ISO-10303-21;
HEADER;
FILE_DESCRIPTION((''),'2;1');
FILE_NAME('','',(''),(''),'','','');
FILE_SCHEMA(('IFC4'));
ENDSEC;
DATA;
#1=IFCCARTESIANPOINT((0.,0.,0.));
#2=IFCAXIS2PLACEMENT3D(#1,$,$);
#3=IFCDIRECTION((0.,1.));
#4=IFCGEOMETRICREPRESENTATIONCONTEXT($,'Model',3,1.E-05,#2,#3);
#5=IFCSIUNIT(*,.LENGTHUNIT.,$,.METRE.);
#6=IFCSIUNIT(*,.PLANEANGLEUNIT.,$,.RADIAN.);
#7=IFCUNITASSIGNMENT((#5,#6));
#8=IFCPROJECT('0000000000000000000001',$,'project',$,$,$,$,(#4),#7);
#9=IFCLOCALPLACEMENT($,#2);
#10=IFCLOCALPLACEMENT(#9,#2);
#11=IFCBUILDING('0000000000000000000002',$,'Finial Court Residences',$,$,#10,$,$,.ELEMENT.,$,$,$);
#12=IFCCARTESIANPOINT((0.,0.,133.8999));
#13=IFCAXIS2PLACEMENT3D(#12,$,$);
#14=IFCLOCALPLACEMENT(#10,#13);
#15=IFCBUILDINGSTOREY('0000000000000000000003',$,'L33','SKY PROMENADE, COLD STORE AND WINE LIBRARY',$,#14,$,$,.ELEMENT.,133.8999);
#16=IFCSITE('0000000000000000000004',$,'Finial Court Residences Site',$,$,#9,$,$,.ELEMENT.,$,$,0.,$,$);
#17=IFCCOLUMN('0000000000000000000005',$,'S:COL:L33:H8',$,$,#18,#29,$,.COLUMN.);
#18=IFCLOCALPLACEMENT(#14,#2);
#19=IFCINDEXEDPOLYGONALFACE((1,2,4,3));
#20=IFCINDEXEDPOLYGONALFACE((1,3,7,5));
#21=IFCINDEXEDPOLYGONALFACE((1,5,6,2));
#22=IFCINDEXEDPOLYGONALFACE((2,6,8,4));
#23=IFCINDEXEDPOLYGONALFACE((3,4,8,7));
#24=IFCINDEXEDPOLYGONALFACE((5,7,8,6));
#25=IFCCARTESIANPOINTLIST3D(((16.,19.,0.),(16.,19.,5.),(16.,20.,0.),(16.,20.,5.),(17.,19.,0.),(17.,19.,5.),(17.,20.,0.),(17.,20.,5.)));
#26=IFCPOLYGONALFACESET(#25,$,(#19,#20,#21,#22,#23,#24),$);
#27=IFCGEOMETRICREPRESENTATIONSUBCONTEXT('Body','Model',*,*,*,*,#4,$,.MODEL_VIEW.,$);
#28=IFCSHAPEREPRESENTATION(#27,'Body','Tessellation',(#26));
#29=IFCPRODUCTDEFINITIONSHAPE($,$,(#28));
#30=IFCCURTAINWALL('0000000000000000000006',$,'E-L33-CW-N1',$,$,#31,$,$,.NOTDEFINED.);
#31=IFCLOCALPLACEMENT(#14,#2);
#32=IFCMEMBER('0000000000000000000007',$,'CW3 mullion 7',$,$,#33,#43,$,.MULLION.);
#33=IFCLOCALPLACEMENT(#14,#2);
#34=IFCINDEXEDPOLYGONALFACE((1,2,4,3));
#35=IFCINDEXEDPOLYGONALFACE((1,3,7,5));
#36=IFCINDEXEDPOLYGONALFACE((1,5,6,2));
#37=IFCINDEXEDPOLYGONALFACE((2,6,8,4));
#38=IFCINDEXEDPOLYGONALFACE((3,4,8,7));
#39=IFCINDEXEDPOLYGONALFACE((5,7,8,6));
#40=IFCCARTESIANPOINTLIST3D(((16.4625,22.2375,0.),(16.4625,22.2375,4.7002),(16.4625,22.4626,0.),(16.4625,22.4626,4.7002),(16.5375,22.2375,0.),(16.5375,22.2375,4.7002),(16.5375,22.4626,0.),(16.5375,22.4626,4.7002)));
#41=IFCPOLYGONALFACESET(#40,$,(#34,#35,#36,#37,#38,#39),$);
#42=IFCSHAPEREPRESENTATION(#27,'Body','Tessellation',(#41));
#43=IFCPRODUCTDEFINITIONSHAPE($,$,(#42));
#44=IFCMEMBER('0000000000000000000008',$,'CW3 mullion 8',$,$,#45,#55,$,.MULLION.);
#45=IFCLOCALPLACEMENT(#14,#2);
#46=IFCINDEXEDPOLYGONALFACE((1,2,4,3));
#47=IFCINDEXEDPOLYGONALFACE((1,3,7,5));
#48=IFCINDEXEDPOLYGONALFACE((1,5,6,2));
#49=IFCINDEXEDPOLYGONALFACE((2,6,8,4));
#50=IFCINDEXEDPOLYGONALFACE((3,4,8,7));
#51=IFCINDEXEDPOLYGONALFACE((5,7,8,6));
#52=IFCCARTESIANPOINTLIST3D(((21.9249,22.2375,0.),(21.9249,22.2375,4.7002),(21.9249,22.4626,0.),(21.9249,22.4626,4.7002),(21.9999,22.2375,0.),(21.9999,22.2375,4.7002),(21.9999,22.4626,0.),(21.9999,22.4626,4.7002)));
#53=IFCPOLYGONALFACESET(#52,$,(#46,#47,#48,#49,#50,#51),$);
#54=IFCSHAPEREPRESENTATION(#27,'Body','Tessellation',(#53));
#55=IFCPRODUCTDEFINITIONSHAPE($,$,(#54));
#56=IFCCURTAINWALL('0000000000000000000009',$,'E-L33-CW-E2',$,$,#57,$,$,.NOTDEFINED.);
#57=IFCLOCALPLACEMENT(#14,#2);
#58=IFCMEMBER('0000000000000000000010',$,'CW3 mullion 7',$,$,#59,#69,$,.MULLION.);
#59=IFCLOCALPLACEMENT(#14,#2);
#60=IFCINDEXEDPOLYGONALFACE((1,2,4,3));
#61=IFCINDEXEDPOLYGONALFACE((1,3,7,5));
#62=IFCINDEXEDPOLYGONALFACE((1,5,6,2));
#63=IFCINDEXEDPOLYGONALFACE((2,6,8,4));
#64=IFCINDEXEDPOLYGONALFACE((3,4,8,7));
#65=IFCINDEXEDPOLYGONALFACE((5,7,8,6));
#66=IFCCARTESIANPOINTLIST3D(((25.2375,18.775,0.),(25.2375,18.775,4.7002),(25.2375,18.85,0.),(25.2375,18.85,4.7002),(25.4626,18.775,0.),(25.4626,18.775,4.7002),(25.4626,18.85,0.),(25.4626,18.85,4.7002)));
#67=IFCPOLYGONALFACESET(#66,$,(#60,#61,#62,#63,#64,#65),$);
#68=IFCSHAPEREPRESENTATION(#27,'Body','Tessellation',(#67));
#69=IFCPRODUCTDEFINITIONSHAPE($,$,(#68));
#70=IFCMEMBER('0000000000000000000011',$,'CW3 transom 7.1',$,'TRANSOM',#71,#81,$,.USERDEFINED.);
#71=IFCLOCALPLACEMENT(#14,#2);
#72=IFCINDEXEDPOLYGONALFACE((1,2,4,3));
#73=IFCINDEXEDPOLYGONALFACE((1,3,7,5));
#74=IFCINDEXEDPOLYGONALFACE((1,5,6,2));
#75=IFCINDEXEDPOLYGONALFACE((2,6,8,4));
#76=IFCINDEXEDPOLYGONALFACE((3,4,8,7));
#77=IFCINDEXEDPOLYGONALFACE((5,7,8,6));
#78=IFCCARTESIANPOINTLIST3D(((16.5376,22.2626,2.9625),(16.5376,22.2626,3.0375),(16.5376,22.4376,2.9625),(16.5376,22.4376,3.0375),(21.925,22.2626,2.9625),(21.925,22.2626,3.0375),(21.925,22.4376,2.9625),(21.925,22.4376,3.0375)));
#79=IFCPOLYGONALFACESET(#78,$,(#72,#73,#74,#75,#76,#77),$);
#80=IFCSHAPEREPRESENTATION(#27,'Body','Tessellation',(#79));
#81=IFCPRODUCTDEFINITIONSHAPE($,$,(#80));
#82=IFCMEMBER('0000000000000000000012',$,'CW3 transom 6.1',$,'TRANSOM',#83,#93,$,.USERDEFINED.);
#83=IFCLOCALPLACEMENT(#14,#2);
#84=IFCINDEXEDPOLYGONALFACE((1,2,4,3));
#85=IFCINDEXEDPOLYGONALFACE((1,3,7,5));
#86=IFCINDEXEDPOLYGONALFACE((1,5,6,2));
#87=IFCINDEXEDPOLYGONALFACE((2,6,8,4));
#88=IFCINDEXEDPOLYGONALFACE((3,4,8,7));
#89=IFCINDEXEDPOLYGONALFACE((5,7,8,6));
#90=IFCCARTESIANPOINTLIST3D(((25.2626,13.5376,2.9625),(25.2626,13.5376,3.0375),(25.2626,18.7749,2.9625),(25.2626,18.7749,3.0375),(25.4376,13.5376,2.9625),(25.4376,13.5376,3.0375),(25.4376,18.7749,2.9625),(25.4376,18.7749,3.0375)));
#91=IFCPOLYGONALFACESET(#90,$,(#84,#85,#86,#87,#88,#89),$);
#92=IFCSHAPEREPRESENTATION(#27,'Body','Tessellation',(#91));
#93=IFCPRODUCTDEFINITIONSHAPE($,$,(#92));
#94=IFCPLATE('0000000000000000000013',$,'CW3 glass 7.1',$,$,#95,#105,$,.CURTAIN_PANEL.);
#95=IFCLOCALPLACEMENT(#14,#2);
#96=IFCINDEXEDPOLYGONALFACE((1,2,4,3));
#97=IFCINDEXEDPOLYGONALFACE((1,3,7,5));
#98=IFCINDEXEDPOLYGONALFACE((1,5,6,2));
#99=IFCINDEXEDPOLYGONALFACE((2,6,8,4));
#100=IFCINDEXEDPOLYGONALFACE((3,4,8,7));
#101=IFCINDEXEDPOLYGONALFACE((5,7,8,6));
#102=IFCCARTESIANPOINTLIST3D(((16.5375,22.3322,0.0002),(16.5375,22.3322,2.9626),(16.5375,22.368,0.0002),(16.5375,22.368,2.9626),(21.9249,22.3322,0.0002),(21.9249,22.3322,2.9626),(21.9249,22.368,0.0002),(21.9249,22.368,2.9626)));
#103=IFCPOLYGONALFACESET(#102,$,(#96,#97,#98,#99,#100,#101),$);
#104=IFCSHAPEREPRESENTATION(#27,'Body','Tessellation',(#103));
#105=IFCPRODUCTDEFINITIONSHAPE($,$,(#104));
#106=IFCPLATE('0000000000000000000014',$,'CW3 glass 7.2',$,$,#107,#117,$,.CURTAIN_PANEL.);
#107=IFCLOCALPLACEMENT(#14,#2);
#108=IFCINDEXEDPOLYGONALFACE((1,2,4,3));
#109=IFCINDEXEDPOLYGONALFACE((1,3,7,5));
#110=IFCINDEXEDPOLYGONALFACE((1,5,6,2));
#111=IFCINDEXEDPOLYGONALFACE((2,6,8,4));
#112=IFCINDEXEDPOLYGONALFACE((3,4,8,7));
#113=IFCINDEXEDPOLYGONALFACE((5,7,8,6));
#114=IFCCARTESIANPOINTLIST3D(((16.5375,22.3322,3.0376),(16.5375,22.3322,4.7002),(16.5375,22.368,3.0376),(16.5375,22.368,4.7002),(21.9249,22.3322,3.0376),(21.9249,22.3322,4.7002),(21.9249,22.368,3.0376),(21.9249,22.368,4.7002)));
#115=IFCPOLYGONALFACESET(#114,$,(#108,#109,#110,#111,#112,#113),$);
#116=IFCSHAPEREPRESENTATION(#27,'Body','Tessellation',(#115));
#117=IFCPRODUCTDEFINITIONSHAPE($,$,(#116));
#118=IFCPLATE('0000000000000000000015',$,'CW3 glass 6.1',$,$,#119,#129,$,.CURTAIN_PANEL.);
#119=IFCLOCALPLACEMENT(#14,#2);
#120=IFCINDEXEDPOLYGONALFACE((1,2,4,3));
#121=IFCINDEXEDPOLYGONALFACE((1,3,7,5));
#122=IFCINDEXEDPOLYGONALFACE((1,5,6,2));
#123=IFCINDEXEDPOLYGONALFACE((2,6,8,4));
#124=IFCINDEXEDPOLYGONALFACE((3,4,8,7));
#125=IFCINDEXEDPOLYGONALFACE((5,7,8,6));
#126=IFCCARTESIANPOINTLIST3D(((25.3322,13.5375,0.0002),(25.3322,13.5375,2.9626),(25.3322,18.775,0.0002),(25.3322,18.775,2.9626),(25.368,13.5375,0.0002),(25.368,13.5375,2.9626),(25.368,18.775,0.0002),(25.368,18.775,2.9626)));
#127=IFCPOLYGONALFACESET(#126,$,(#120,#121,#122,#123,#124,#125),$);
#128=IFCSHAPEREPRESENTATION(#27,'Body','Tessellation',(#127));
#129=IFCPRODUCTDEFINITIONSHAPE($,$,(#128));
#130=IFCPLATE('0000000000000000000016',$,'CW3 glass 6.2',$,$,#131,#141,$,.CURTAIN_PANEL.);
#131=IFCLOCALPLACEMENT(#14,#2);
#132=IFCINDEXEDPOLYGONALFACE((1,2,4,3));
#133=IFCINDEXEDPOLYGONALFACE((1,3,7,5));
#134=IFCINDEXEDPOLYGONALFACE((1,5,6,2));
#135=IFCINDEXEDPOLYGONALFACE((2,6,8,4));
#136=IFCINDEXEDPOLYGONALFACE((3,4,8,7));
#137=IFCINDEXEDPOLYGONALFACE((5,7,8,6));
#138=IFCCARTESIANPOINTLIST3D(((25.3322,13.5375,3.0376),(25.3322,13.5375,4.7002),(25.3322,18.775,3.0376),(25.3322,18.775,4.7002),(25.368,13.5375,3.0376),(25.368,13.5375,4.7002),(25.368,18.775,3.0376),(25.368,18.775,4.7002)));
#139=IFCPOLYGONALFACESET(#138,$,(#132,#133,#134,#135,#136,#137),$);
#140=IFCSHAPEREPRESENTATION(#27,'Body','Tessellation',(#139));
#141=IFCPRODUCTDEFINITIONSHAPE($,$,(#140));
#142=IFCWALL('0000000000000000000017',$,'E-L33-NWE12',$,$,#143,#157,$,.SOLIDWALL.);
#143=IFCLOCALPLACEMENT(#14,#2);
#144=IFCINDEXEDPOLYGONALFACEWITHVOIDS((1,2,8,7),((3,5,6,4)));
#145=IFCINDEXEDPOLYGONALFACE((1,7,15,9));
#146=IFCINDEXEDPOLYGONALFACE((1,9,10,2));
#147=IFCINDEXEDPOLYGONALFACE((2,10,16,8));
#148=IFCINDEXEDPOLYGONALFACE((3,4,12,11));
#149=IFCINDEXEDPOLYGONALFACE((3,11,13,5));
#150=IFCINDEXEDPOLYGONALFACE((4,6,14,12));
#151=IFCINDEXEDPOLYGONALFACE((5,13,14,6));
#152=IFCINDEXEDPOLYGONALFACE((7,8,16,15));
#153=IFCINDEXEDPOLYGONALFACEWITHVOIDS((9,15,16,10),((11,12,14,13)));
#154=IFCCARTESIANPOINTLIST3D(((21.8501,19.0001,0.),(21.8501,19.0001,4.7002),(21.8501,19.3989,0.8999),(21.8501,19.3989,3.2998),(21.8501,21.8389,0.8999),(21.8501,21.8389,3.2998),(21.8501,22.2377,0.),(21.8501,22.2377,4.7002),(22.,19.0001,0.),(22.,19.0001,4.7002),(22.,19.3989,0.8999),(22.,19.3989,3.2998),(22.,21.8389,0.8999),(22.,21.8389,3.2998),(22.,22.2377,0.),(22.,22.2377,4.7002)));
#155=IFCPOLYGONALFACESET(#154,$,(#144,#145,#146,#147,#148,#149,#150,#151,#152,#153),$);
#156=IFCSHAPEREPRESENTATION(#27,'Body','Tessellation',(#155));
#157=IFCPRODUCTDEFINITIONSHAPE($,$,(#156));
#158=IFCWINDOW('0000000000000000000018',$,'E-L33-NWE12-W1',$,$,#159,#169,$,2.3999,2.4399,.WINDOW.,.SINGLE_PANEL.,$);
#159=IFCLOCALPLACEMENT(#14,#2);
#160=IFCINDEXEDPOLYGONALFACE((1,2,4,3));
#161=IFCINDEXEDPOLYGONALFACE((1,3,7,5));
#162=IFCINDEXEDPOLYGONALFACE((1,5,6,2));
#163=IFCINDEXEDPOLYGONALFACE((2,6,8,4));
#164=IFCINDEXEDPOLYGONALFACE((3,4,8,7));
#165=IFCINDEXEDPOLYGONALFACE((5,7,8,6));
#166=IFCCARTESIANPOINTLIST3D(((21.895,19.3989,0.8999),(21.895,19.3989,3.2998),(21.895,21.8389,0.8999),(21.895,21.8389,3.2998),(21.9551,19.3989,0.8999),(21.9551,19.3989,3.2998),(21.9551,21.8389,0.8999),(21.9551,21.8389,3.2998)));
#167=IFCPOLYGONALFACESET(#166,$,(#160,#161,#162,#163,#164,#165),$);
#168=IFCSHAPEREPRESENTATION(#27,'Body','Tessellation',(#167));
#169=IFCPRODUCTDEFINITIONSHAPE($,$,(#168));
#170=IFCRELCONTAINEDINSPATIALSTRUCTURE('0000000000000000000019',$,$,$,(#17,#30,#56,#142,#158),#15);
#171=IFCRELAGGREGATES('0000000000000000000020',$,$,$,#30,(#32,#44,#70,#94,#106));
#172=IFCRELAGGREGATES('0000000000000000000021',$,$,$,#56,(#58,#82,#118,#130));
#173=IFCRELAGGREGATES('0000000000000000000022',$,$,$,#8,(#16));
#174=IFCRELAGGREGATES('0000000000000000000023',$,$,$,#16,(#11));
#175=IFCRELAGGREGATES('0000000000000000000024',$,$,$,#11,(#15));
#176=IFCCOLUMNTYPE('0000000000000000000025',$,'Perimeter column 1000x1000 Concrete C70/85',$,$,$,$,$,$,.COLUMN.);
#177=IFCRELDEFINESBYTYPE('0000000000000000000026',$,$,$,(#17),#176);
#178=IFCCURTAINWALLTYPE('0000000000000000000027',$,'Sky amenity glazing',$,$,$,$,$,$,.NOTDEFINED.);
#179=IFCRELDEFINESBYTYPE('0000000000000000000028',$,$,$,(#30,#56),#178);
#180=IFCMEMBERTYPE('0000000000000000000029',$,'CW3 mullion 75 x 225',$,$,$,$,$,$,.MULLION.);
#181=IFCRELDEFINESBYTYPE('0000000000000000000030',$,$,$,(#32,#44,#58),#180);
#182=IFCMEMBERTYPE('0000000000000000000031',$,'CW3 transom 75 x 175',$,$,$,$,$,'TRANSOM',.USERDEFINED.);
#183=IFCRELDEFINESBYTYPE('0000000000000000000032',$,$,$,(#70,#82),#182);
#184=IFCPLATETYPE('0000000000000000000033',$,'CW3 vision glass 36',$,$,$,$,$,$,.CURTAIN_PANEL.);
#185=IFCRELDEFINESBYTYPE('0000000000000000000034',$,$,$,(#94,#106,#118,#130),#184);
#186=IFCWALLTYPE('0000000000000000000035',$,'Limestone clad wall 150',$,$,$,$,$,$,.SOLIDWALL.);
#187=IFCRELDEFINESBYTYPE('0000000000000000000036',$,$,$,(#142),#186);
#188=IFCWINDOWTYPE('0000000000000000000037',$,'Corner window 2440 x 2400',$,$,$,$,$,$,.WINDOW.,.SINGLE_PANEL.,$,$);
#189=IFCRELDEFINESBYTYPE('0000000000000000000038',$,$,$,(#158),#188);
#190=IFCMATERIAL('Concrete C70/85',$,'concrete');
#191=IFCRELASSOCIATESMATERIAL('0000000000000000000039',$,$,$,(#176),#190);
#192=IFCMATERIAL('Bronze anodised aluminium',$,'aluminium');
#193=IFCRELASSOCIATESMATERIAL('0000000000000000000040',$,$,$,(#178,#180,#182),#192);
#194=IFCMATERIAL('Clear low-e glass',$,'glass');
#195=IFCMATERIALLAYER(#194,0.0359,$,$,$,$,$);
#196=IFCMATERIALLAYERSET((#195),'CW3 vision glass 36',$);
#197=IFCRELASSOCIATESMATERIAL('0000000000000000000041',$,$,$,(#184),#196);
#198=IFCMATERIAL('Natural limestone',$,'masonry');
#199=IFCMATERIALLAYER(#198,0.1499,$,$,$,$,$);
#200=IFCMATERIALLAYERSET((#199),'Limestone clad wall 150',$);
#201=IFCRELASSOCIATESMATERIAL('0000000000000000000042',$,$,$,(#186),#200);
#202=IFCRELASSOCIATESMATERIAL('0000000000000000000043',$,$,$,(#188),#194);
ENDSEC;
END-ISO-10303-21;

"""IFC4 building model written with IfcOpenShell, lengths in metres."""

from ifc_helpers import new_model, si_unit, direction, frame, frame_2d, origin, origin_2d, place, context, subcontext, project, spatial, rectangle, extrude, material, layer, layer_set, material_profile, profile_set, type_object, element, fill, aggregate, save


model = new_model("IFC4")

# Units and contexts
model_context = context("Model", 3, precision=1e-05, world=origin(), true_north=direction((0.0, 1.0)))
body_context = subcontext(model_context, "Body", "Model", "MODEL_VIEW")
ifc_project = project(units=[si_unit("LENGTHUNIT", "METRE"), si_unit("PLANEANGLEUNIT", "RADIAN")], contexts=[model_context])

# Site, building, storey
site_placement = place(None, origin())
site = spatial("IfcSite", under=ifc_project, at=site_placement, Name="Finial Court Residences Site", CompositionType="ELEMENT", RefElevation=0.0)
building_placement = place(site_placement, origin())
building = spatial("IfcBuilding", under=site, at=building_placement, Name="Finial Court Residences", CompositionType="ELEMENT")
storey_placement = place(building_placement, frame((0.0, 0.0, 133.8999)))
storey = spatial("IfcBuildingStorey", under=building, at=storey_placement, Name="L33", Description="SKY PROMENADE, COLD STORE AND WINE LIBRARY", CompositionType="ELEMENT", Elevation=133.8999)

# Column
ifc_material_1 = material(Name="Concrete C70/85", Category="concrete")
ifc_material_profile_1 = material_profile(ifc_material_1, rectangle(XDim=1.0, YDim=1.0, at=origin_2d()), Name="1000x1000")
ifc_profile_set_1 = profile_set([ifc_material_profile_1], Name="Concrete C70/85")
column_type = type_object("IfcColumnType", Name="Perimeter column 1000x1000 Concrete C70/85", PredefinedType="COLUMN", material=ifc_profile_set_1)
column_placement = place(storey_placement, frame((16.5, 19.5, 0.0), z_axis=(0.0, 0.0, 1.0), x_axis=(1.0, 0.0, 0.0)))
element("IfcColumn", 1, at=column_placement, inside=storey, type_object=column_type, Name="S:COL:L33:H8", PredefinedType="COLUMN", context=body_context, shape_type="SweptSolid", body=[
    extrude(rectangle(XDim=1.0, YDim=1.0, at=origin_2d()), origin(), (0.0, 0.0, 1.0), 5.0),
])

# Curtain wall, members
ifc_material_2 = material(Name="Bronze anodised aluminium", Category="aluminium")
curtain_wall_type = type_object("IfcCurtainWallType", Name="Sky amenity glazing", PredefinedType="NOTDEFINED", material=ifc_material_2)
curtain_wall_1_placement = place(storey_placement, origin())
curtain_wall_1 = element("IfcCurtainWall", 2, at=curtain_wall_1_placement, inside=storey, type_object=curtain_wall_type, Name="E-L33-CW-N1", PredefinedType="NOTDEFINED")
ifc_material_profile_2 = material_profile(ifc_material_2, rectangle(XDim=0.2251, YDim=0.075, at=origin_2d()), Name="CW3 mullion 75 x 225")
ifc_profile_set_2 = profile_set([ifc_material_profile_2], Name="Bronze anodised aluminium")
member_type_1 = type_object("IfcMemberType", Name="CW3 mullion 75 x 225", PredefinedType="MULLION", material=ifc_profile_set_2)
member_1_placement = place(storey_placement, frame((16.5, 22.3501, 0.0), z_axis=(0.0, 0.0, 1.0), x_axis=(0.0, 1.0, 0.0)))
member_1 = element("IfcMember", 3, at=member_1_placement, type_object=member_type_1, Name="CW3 mullion 7", PredefinedType="MULLION", context=body_context, shape_type="SweptSolid", body=[
    extrude(rectangle(XDim=0.2251, YDim=0.075, at=origin_2d()), origin(), (0.0, 0.0, 1.0), 4.7002),
])
member_2_placement = place(storey_placement, frame((21.9624, 22.3501, 0.0), z_axis=(0.0, 0.0, 1.0), x_axis=(0.0, 1.0, 0.0)))
member_2 = element("IfcMember", 4, at=member_2_placement, type_object=member_type_1, Name="CW3 mullion 8", PredefinedType="MULLION", context=body_context, shape_type="SweptSolid", body=[
    extrude(rectangle(XDim=0.2251, YDim=0.075, at=origin_2d()), origin(), (0.0, 0.0, 1.0), 4.7002),
])

# Curtain wall, member
curtain_wall_2_placement = place(storey_placement, origin())
curtain_wall_2 = element("IfcCurtainWall", 5, at=curtain_wall_2_placement, inside=storey, type_object=curtain_wall_type, Name="E-L33-CW-E2", PredefinedType="NOTDEFINED")
member_3_placement = place(storey_placement, frame((25.3501, 18.8125, 0.0), z_axis=(0.0, 0.0, 1.0), x_axis=(-1.0, 0.0, 0.0)))
member_3 = element("IfcMember", 6, at=member_3_placement, type_object=member_type_1, Name="CW3 mullion 7", PredefinedType="MULLION", context=body_context, shape_type="SweptSolid", body=[
    extrude(rectangle(XDim=0.2251, YDim=0.075, at=origin_2d()), origin(), (0.0, 0.0, 1.0), 4.7002),
])

# Members
ifc_material_profile_3 = material_profile(ifc_material_2, rectangle(XDim=0.175, YDim=0.075, at=origin_2d()), Name="CW3 transom 75 x 175")
ifc_profile_set_3 = profile_set([ifc_material_profile_3], Name="Bronze anodised aluminium")
member_type_2 = type_object("IfcMemberType", Name="CW3 transom 75 x 175", ElementType="TRANSOM", PredefinedType="USERDEFINED", material=ifc_profile_set_3)
member_4_placement = place(storey_placement, frame((16.5376, 22.3501, 3.0), z_axis=(1.0, 0.0, 0.0), x_axis=(0.0, 1.0, 0.0)))
member_4 = element("IfcMember", 7, at=member_4_placement, type_object=member_type_2, Name="CW3 transom 7.1", ObjectType="TRANSOM", PredefinedType="USERDEFINED", context=body_context, shape_type="SweptSolid", body=[
    extrude(rectangle(XDim=0.175, YDim=0.075, at=origin_2d()), origin(), (0.0, 0.0, 1.0), 5.3875),
])
member_5_placement = place(storey_placement, frame((25.3501, 13.5376, 3.0), z_axis=(0.0, 1.0, 0.0), x_axis=(-1.0, 0.0, 0.0)))
member_5 = element("IfcMember", 8, at=member_5_placement, type_object=member_type_2, Name="CW3 transom 6.1", ObjectType="TRANSOM", PredefinedType="USERDEFINED", context=body_context, shape_type="SweptSolid", body=[
    extrude(rectangle(XDim=0.175, YDim=0.075, at=origin_2d()), origin(), (0.0, 0.0, 1.0), 5.2373),
])

# Plates
ifc_material_3 = material(Name="Clear low-e glass", Category="glass")
ifc_layer_1 = layer(ifc_material_3, 0.0359)
ifc_layer_set_1 = layer_set([ifc_layer_1], Name="CW3 vision glass 36")
plate_type = type_object("IfcPlateType", Name="CW3 vision glass 36", PredefinedType="CURTAIN_PANEL", material=ifc_layer_set_1)
plate_1_placement = place(storey_placement, frame((19.2312, 22.3501, 0.0002), z_axis=(0.0, 0.0, 1.0), x_axis=(1.0, 0.0, 0.0)))
plate_1 = element("IfcPlate", 9, at=plate_1_placement, type_object=plate_type, Name="CW3 glass 7.1", PredefinedType="CURTAIN_PANEL", context=body_context, shape_type="SweptSolid", body=[
    extrude(rectangle(XDim=5.3875, YDim=0.0359, at=origin_2d()), origin(), (0.0, 0.0, 1.0), 2.9624),
])
plate_2_placement = place(storey_placement, frame((19.2312, 22.3501, 3.0376), z_axis=(0.0, 0.0, 1.0), x_axis=(1.0, 0.0, 0.0)))
plate_2 = element("IfcPlate", 10, at=plate_2_placement, type_object=plate_type, Name="CW3 glass 7.2", PredefinedType="CURTAIN_PANEL", context=body_context, shape_type="SweptSolid", body=[
    extrude(rectangle(XDim=5.3875, YDim=0.0359, at=origin_2d()), origin(), (0.0, 0.0, 1.0), 1.6626),
])
aggregate(curtain_wall_1, [member_1, member_2, member_4, plate_1, plate_2])
plate_3_placement = place(storey_placement, frame((25.3501, 16.1562, 0.0002), z_axis=(0.0, 0.0, 1.0), x_axis=(0.0, 1.0, 0.0)))
plate_3 = element("IfcPlate", 11, at=plate_3_placement, type_object=plate_type, Name="CW3 glass 6.1", PredefinedType="CURTAIN_PANEL", context=body_context, shape_type="SweptSolid", body=[
    extrude(rectangle(XDim=5.2375, YDim=0.0359, at=origin_2d()), origin(), (0.0, 0.0, 1.0), 2.9624),
])
plate_4_placement = place(storey_placement, frame((25.3501, 16.1562, 3.0376), z_axis=(0.0, 0.0, 1.0), x_axis=(0.0, 1.0, 0.0)))
plate_4 = element("IfcPlate", 12, at=plate_4_placement, type_object=plate_type, Name="CW3 glass 6.2", PredefinedType="CURTAIN_PANEL", context=body_context, shape_type="SweptSolid", body=[
    extrude(rectangle(XDim=5.2375, YDim=0.0359, at=origin_2d()), origin(), (0.0, 0.0, 1.0), 1.6626),
])
aggregate(curtain_wall_2, [member_3, member_5, plate_3, plate_4])

# Wall, opening, window
ifc_material_4 = material(Name="Natural limestone", Category="masonry")
ifc_layer_2 = layer(ifc_material_4, 0.1499)
ifc_layer_set_2 = layer_set([ifc_layer_2], Name="Limestone clad wall 150")
wall_type = type_object("IfcWallType", Name="Limestone clad wall 150", PredefinedType="SOLIDWALL", material=ifc_layer_set_2)
wall_1_placement = place(storey_placement, frame((21.925, 22.2375, 0.0), z_axis=(0.0, 0.0, 1.0), x_axis=(0.0, -1.0, 0.0)))
wall_1 = element("IfcWall", 13, at=wall_1_placement, inside=storey, type_object=wall_type, Name="E-L33-NWE12", PredefinedType="SOLIDWALL", context=body_context, shape_type="SweptSolid", body=[
    extrude(rectangle(XDim=3.2375, YDim=0.1499, at=frame_2d((1.6187, 0.0))), origin(), (0.0, 0.0, 1.0), 4.7002),
])
opening_1_placement = place(wall_1_placement, frame((0.3987, 0.0, 0.8999)))
opening_1 = element("IfcOpeningElement", 14, at=opening_1_placement, cuts=wall_1, PredefinedType="OPENING", context=body_context, shape_type="SweptSolid", body=[
    extrude(rectangle(XDim=2.4399, YDim=2.3999, at=frame_2d((1.22, 1.2))), frame((0.0, 0.085, 0.0), z_axis=(0.0, -1.0, 0.0), x_axis=(1.0, 0.0, 0.0)), (0.0, 0.0, 1.0), 0.1699),
])
window_type_1 = type_object("IfcWindowType", Name="Corner window 2440 x 2400", PartitioningType="SINGLE_PANEL", PredefinedType="WINDOW", material=ifc_material_3)
window_1_placement = place(opening_1_placement, origin())
window_1 = element("IfcWindow", 15, at=window_1_placement, inside=storey, type_object=window_type_1, Name="E-L33-NWE12-W1", OverallHeight=2.3999, OverallWidth=2.4399, PartitioningType="SINGLE_PANEL", PredefinedType="WINDOW", context=body_context, shape_type="SweptSolid", body=[
    extrude(rectangle(XDim=2.4399, YDim=2.3999, at=frame_2d((1.22, 1.2))), frame((0.0, 0.03, 0.0), z_axis=(0.0, -1.0, 0.0), x_axis=(1.0, 0.0, 0.0)), (0.0, 0.0, 1.0), 0.0601),
])
fill(opening_1, window_1)

save(model, "model.ifc")
